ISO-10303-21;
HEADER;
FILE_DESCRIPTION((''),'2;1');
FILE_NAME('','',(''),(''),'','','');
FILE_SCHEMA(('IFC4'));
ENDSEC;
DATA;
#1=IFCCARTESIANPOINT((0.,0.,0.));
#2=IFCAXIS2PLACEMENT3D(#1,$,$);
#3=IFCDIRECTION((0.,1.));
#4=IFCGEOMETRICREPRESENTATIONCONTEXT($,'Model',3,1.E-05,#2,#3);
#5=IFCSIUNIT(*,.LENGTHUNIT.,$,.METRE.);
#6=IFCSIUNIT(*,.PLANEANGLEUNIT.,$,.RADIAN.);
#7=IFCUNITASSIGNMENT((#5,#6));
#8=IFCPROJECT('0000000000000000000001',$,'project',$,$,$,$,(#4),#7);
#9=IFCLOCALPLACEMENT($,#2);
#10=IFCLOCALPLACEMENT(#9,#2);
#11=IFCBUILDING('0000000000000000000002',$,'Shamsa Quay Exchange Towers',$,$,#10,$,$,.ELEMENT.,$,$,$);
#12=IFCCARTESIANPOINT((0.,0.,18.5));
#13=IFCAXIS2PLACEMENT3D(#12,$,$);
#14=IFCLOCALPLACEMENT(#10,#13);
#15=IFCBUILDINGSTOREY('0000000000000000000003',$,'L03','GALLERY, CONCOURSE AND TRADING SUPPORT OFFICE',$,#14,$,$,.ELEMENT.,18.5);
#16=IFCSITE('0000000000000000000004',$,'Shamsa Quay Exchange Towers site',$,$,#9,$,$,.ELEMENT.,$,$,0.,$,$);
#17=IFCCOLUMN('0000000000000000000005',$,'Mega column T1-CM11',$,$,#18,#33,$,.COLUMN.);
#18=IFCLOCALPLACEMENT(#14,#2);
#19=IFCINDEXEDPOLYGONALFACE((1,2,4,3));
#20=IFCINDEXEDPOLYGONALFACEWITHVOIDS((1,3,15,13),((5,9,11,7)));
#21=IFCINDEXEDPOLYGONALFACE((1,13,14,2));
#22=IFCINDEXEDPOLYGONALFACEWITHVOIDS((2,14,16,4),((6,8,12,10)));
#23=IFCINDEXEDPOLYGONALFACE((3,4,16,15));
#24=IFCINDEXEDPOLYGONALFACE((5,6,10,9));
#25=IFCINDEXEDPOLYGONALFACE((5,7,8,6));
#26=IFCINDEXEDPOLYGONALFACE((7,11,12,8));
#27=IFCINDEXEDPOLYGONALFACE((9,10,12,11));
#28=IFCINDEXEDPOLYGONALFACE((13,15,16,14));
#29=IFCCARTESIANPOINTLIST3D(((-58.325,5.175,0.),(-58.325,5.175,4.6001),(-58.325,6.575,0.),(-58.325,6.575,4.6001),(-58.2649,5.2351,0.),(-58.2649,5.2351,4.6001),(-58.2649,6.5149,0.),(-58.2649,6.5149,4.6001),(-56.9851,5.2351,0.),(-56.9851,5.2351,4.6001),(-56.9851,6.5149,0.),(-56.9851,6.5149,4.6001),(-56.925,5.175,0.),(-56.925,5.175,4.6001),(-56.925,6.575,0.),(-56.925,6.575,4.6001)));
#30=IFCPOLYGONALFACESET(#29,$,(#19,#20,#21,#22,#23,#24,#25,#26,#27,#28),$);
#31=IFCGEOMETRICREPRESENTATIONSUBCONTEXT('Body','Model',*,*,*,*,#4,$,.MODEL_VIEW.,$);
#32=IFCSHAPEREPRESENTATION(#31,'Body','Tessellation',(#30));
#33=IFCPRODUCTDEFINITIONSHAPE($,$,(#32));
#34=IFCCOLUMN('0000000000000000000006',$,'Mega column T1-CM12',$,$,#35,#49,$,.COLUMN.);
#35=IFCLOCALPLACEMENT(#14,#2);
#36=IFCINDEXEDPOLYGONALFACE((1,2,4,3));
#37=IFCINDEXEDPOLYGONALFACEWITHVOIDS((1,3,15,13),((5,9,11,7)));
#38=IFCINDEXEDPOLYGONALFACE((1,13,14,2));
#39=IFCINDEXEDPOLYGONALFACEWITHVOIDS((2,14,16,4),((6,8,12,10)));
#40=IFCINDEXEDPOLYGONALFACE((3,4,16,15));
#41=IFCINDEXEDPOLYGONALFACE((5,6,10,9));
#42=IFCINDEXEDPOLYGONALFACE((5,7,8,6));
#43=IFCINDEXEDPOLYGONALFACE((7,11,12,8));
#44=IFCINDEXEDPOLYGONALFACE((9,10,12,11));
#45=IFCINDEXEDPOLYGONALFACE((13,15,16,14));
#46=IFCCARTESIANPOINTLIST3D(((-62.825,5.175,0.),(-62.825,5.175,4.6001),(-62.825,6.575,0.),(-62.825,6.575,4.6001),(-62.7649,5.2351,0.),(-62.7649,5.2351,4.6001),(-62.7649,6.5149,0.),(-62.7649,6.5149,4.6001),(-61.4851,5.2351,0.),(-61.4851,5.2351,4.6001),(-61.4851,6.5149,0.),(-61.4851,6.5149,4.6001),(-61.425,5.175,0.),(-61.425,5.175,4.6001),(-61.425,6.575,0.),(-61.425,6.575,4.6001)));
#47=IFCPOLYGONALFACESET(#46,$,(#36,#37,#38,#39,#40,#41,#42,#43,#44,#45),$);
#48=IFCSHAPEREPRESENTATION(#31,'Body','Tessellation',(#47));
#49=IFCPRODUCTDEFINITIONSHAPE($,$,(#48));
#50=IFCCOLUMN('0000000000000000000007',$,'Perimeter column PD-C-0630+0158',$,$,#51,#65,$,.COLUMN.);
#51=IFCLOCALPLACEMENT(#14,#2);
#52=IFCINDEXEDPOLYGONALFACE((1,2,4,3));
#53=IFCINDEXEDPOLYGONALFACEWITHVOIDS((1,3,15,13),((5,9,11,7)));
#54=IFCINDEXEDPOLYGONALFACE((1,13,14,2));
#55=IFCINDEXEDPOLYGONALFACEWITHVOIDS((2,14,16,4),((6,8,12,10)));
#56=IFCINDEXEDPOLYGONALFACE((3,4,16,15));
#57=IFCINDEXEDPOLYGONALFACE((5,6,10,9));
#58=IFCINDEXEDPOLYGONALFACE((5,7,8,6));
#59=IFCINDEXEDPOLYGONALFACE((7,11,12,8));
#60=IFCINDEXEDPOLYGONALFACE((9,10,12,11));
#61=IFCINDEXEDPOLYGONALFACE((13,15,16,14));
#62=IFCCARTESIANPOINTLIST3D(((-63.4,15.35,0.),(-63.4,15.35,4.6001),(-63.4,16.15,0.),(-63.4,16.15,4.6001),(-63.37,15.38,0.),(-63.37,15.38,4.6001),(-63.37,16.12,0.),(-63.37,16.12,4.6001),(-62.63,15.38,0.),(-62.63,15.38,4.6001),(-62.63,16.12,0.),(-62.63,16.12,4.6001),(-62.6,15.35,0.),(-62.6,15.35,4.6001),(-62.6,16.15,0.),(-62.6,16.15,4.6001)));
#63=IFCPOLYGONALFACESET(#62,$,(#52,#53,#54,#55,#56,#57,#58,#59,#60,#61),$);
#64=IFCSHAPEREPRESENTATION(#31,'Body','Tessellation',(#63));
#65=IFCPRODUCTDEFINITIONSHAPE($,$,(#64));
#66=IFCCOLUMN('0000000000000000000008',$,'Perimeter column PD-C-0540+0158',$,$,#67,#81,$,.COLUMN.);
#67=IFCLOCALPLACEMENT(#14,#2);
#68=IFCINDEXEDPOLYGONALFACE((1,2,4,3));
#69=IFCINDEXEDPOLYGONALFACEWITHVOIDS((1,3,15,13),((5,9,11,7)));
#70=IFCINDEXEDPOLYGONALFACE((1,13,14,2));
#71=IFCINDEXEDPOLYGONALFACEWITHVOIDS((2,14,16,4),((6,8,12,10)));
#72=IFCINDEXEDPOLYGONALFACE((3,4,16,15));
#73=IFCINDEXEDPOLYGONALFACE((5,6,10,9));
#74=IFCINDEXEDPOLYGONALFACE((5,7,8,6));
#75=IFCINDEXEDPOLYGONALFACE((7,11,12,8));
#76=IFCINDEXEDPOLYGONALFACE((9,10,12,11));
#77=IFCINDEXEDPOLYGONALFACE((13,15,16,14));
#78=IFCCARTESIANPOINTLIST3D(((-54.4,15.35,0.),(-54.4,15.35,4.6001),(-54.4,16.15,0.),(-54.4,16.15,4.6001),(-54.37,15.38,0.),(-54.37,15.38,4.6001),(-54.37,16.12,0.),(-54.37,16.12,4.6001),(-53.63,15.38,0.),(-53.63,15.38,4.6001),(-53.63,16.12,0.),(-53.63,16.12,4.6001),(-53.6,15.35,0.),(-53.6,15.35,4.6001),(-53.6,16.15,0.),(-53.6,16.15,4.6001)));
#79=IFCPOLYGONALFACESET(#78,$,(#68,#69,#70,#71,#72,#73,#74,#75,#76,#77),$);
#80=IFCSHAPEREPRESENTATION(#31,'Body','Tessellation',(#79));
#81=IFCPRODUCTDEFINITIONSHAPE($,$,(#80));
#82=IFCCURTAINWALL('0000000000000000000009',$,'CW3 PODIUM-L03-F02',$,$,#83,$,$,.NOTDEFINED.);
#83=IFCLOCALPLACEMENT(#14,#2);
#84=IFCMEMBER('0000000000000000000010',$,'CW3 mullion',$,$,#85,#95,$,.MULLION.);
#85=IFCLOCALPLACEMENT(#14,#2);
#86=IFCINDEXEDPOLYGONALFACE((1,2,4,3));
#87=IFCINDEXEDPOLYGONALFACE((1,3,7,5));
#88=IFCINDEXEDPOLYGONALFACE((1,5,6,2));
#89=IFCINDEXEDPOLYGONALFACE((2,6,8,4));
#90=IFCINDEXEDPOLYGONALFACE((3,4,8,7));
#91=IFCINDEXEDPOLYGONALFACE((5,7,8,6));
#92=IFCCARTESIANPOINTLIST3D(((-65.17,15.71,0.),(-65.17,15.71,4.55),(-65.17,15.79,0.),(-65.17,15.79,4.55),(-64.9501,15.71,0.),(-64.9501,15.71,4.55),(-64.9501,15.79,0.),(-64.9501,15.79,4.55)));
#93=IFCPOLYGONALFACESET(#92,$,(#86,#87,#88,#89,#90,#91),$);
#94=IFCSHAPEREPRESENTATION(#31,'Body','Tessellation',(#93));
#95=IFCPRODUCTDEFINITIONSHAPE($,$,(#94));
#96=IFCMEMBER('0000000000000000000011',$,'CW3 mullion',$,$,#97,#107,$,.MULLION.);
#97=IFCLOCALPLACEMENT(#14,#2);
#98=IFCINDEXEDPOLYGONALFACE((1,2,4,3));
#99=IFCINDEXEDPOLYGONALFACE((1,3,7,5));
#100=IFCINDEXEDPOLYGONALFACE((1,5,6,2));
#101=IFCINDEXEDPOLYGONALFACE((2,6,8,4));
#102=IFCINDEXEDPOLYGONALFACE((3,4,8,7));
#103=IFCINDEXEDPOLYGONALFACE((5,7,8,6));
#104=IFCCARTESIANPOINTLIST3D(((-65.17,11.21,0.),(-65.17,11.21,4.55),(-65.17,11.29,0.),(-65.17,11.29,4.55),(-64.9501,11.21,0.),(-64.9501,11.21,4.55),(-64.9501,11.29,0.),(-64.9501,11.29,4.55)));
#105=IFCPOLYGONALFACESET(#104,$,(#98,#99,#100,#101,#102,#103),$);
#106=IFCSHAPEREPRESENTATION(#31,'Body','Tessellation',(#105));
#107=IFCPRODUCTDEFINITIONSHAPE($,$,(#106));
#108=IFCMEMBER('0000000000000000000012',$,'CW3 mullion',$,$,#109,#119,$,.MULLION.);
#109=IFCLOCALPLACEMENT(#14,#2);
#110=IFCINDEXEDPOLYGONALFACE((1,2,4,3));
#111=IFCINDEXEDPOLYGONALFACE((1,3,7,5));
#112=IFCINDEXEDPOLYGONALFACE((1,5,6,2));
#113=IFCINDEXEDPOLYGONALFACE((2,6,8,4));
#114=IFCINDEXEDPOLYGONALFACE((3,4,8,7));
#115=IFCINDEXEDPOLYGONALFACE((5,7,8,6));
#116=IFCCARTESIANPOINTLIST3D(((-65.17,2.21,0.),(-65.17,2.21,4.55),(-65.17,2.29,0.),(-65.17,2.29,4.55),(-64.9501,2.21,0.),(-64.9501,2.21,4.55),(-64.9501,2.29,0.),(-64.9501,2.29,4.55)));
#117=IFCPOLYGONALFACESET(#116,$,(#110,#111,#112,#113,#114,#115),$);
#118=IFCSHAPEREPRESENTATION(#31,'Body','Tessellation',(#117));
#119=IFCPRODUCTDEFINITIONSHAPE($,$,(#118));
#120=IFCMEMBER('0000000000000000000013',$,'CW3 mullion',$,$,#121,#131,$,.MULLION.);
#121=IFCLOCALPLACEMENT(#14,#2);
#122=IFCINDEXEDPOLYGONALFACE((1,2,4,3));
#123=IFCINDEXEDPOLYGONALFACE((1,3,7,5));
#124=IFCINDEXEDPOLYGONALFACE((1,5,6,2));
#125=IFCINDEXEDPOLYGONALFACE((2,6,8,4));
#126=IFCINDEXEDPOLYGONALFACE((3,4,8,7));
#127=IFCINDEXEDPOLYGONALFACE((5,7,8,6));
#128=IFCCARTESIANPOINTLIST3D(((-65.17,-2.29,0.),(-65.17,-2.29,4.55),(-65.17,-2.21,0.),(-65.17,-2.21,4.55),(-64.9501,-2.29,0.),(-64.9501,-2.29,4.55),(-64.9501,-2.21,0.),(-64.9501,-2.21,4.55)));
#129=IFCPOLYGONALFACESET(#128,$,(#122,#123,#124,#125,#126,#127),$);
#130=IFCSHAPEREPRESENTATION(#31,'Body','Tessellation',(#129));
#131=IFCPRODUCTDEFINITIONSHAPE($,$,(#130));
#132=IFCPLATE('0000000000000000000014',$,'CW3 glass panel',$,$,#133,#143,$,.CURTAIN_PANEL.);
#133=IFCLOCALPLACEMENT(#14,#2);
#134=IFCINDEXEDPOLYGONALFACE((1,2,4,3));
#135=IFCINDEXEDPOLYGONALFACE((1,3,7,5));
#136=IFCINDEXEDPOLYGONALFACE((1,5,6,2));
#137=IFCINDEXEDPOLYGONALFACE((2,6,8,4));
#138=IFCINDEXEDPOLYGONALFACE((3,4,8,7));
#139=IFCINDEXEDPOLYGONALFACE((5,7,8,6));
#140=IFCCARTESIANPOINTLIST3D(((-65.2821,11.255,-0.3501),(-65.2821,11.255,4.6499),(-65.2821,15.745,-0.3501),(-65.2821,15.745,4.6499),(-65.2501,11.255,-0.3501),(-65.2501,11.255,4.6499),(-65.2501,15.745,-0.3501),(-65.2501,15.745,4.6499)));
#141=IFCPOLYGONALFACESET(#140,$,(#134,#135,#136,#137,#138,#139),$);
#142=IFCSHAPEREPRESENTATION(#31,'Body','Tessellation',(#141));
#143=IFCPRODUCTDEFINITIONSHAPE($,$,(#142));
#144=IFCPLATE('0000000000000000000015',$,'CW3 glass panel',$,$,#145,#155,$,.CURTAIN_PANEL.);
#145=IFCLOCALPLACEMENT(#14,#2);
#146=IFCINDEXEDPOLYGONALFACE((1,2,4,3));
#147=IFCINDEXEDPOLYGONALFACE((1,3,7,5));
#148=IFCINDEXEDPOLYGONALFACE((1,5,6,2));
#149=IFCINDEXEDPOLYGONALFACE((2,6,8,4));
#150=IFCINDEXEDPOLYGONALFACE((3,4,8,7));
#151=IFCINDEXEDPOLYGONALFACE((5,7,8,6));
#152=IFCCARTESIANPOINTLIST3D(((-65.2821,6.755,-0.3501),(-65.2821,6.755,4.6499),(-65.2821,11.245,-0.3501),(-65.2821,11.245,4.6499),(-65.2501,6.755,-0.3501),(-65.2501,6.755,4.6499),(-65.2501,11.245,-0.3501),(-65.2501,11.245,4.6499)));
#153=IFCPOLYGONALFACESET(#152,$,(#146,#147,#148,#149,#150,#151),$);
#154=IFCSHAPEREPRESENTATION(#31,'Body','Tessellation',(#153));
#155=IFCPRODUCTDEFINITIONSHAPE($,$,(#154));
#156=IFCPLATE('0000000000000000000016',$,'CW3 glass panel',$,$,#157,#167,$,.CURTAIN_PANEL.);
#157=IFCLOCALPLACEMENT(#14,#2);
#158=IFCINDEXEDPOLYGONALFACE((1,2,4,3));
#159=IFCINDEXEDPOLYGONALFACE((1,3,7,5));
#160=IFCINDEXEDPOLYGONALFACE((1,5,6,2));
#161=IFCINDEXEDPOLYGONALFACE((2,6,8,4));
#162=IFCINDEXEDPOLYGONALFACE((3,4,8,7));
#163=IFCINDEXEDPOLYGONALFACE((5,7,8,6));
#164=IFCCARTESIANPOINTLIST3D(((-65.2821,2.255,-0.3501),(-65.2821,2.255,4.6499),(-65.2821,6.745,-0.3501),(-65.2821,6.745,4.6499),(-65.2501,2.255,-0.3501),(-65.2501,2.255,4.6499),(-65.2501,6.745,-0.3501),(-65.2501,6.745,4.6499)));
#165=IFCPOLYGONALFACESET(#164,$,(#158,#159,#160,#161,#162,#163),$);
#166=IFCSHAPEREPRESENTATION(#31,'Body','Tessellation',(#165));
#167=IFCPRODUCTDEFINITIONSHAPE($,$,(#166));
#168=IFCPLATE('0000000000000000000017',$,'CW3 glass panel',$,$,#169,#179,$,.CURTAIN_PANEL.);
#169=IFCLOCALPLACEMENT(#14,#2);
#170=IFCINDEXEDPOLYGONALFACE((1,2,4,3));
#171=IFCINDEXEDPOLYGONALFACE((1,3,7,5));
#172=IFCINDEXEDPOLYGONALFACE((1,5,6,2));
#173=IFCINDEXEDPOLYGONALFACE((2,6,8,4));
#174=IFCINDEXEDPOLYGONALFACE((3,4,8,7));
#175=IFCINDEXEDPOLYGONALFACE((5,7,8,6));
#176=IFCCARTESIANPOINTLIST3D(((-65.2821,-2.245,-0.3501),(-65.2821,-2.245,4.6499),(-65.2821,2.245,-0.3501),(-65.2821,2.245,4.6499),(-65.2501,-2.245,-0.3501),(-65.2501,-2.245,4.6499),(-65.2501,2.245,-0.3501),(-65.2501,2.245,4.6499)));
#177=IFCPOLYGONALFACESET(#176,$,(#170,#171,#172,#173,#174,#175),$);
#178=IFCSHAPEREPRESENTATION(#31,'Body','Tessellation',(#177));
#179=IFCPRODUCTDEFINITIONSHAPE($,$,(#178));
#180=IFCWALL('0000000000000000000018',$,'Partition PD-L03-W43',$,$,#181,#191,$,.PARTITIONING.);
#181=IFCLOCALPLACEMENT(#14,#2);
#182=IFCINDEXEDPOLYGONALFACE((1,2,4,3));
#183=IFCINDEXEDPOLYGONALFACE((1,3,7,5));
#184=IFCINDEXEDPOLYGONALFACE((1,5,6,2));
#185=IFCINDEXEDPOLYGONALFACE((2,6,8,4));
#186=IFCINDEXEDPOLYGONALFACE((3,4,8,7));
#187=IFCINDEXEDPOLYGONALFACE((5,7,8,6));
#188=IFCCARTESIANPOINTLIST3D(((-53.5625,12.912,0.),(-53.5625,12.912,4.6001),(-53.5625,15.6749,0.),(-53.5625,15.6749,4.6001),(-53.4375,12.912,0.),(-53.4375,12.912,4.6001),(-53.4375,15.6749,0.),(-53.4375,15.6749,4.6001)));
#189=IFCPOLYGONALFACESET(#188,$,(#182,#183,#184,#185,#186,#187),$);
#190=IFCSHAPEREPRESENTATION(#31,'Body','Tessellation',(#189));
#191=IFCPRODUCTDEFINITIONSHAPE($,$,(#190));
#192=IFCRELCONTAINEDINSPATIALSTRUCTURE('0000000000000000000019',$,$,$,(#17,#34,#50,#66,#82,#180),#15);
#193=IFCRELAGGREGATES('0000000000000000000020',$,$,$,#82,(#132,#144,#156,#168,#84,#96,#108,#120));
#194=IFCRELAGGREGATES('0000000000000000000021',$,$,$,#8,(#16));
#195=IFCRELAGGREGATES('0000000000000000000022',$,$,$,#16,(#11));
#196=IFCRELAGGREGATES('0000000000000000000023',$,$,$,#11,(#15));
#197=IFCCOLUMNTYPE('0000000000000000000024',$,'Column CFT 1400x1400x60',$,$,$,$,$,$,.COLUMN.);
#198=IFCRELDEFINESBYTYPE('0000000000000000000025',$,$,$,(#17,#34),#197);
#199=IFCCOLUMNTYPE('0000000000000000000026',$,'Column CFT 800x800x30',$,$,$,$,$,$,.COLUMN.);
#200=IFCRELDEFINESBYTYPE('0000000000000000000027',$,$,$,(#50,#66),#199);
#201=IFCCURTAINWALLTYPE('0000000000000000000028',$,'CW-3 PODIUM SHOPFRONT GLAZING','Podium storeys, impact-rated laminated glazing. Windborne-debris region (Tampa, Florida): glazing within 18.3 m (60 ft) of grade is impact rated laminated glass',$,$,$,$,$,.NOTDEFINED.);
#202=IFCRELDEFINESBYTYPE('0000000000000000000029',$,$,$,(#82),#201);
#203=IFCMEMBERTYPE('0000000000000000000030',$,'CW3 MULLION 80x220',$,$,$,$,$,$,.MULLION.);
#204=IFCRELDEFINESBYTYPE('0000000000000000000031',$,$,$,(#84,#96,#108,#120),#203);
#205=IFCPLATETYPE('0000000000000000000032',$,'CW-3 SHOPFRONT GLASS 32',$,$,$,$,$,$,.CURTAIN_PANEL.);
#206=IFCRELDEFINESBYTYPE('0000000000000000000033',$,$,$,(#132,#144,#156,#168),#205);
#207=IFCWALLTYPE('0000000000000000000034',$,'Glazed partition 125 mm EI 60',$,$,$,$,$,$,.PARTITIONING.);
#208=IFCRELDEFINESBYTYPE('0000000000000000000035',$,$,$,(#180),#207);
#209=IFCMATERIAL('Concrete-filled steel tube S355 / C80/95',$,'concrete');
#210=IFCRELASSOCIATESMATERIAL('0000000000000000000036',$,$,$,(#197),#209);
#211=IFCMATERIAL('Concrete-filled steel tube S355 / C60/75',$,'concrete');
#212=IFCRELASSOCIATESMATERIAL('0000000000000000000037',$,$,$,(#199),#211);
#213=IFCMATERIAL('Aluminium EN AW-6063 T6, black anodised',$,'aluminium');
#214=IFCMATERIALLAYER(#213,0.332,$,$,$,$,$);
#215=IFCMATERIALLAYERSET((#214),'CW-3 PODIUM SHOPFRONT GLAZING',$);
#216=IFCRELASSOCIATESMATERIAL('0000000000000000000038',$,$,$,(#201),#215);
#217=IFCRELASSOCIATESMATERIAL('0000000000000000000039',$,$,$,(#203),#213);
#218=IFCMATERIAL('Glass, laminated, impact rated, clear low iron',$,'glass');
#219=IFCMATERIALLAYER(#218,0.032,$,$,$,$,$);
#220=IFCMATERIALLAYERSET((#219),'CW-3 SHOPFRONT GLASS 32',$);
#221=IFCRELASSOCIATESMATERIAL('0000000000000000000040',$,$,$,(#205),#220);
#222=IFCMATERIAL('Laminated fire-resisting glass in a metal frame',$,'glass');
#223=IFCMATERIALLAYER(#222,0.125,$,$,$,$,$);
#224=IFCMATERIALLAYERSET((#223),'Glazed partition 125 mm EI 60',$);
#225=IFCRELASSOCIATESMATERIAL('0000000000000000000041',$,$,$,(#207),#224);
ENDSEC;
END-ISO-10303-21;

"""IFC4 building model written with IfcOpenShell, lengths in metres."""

from ifc_helpers import new_model, si_unit, direction, frame, frame_2d, origin, origin_2d, place, context, subcontext, project, spatial, rectangle, hollow_rectangle, extrude, material, layer, layer_set, material_profile, profile_set, type_object, element, aggregate, save


model = new_model("IFC4")

# Units and contexts
model_context = context("Model", 3, precision=1e-05, world=origin(), true_north=direction((0.0, 1.0)))
body_context = subcontext(model_context, "Body", "Model", "MODEL_VIEW")
ifc_project = project(units=[si_unit("LENGTHUNIT", "METRE"), si_unit("PLANEANGLEUNIT", "RADIAN")], contexts=[model_context])

# Site, building, storey
site_placement = place(None, origin())
site = spatial("IfcSite", under=ifc_project, at=site_placement, Name="Shamsa Quay Exchange Towers site", CompositionType="ELEMENT", RefElevation=0.0)
building_placement = place(site_placement, origin())
building = spatial("IfcBuilding", under=site, at=building_placement, Name="Shamsa Quay Exchange Towers", CompositionType="ELEMENT")
storey_placement = place(building_placement, frame((0.0, 0.0, 18.5)))
storey = spatial("IfcBuildingStorey", under=building, at=storey_placement, Name="L03", Description="GALLERY, CONCOURSE AND TRADING SUPPORT OFFICE", CompositionType="ELEMENT", Elevation=18.5)

# Columns
ifc_material_1 = material(Name="Concrete-filled steel tube S355 / C80/95", Category="concrete")
ifc_material_profile_1 = material_profile(ifc_material_1, hollow_rectangle(XDim=1.3999, YDim=1.3999, WallThickness=0.0601, at=origin_2d()), Name="CFT 1400x1400x60")
ifc_profile_set_1 = profile_set([ifc_material_profile_1], Name="Concrete-filled steel tube S355 / C80/95")
column_type_1 = type_object("IfcColumnType", Name="Column CFT 1400x1400x60", PredefinedType="COLUMN", material=ifc_profile_set_1)
for number, where, name in (
    (1, (-57.625, 5.875, 0.0), "Mega column T1-CM11"),
    (2, (-62.125, 5.875, 0.0), "Mega column T1-CM12"),
):
    element("IfcColumn", number, at=place(storey_placement, frame(where)), inside=storey, type_object=column_type_1, Name=name, PredefinedType="COLUMN", context=body_context, shape_type="SweptSolid", body=[
        extrude(hollow_rectangle(XDim=1.3999, YDim=1.3999, WallThickness=0.0601, at=origin_2d()), origin(), (0.0, 0.0, 1.0), 4.6001),
    ])
ifc_material_2 = material(Name="Concrete-filled steel tube S355 / C60/75", Category="concrete")
ifc_material_profile_2 = material_profile(ifc_material_2, hollow_rectangle(XDim=0.8, YDim=0.8, WallThickness=0.03, at=origin_2d()), Name="CFT 800x800x30")
ifc_profile_set_2 = profile_set([ifc_material_profile_2], Name="Concrete-filled steel tube S355 / C60/75")
column_type_2 = type_object("IfcColumnType", Name="Column CFT 800x800x30", PredefinedType="COLUMN", material=ifc_profile_set_2)
for number, where, name in (
    (3, (-63.0, 15.75, 0.0), "Perimeter column PD-C-0630+0158"),
    (4, (-54.0, 15.75, 0.0), "Perimeter column PD-C-0540+0158"),
):
    element("IfcColumn", number, at=place(storey_placement, frame(where)), inside=storey, type_object=column_type_2, Name=name, PredefinedType="COLUMN", context=body_context, shape_type="SweptSolid", body=[
        extrude(hollow_rectangle(XDim=0.8, YDim=0.8, WallThickness=0.03, at=origin_2d()), origin(), (0.0, 0.0, 1.0), 4.6001),
    ])

# Curtain wall, members, plates
ifc_material_3 = material(Name="Aluminium EN AW-6063 T6, black anodised", Category="aluminium")
ifc_layer_1 = layer(ifc_material_3, 0.332)
ifc_layer_set_1 = layer_set([ifc_layer_1], Name="CW-3 PODIUM SHOPFRONT GLAZING")
curtain_wall_type = type_object("IfcCurtainWallType", Name="CW-3 PODIUM SHOPFRONT GLAZING", Description="Podium storeys, impact-rated laminated glazing. Windborne-debris region (Tampa, Florida): glazing within 18.3 m (60 ft) of grade is impact rated laminated glass", PredefinedType="NOTDEFINED", material=ifc_layer_set_1)
curtain_wall_placement = place(storey_placement, origin())
curtain_wall = element("IfcCurtainWall", 5, at=curtain_wall_placement, inside=storey, type_object=curtain_wall_type, Name="CW3 PODIUM-L03-F02", PredefinedType="NOTDEFINED")
ifc_material_profile_3 = material_profile(ifc_material_3, rectangle(XDim=0.22, YDim=0.0801, at=origin_2d()), Name="MU80x220")
ifc_profile_set_3 = profile_set([ifc_material_profile_3], Name="Aluminium EN AW-6063 T6, black anodised")
member_type = type_object("IfcMemberType", Name="CW3 MULLION 80x220", PredefinedType="MULLION", material=ifc_profile_set_3)
member_1_placement = place(storey_placement, frame((-65.0601, 15.75, 0.0)))
member_1 = element("IfcMember", 6, at=member_1_placement, type_object=member_type, Name="CW3 mullion", PredefinedType="MULLION", context=body_context, shape_type="SweptSolid", body=[
    extrude(rectangle(XDim=0.22, YDim=0.0801, at=origin_2d()), origin(), (0.0, 0.0, 1.0), 4.55),
])
member_2_placement = place(storey_placement, frame((-65.0601, 11.25, 0.0)))
member_2 = element("IfcMember", 7, at=member_2_placement, type_object=member_type, Name="CW3 mullion", PredefinedType="MULLION", context=body_context, shape_type="SweptSolid", body=[
    extrude(rectangle(XDim=0.22, YDim=0.0801, at=origin_2d()), origin(), (0.0, 0.0, 1.0), 4.55),
])
member_3_placement = place(storey_placement, frame((-65.0601, 2.25, 0.0)))
member_3 = element("IfcMember", 8, at=member_3_placement, type_object=member_type, Name="CW3 mullion", PredefinedType="MULLION", context=body_context, shape_type="SweptSolid", body=[
    extrude(rectangle(XDim=0.22, YDim=0.0801, at=origin_2d()), origin(), (0.0, 0.0, 1.0), 4.55),
])
member_4_placement = place(storey_placement, frame((-65.0601, -2.25, 0.0)))
member_4 = element("IfcMember", 9, at=member_4_placement, type_object=member_type, Name="CW3 mullion", PredefinedType="MULLION", context=body_context, shape_type="SweptSolid", body=[
    extrude(rectangle(XDim=0.22, YDim=0.0801, at=origin_2d()), origin(), (0.0, 0.0, 1.0), 4.55),
])
ifc_material_4 = material(Name="Glass, laminated, impact rated, clear low iron", Category="glass")
ifc_layer_2 = layer(ifc_material_4, 0.032)
ifc_layer_set_2 = layer_set([ifc_layer_2], Name="CW-3 SHOPFRONT GLASS 32")
plate_type = type_object("IfcPlateType", Name="CW-3 SHOPFRONT GLASS 32", PredefinedType="CURTAIN_PANEL", material=ifc_layer_set_2)
plate_1_placement = place(storey_placement, frame((-65.2661, 13.5, -0.3501), z_axis=(0.0, 0.0, 1.0), x_axis=(0.0, -1.0, 0.0)))
plate_1 = element("IfcPlate", 10, at=plate_1_placement, type_object=plate_type, Name="CW3 glass panel", PredefinedType="CURTAIN_PANEL", context=body_context, shape_type="SweptSolid", body=[
    extrude(rectangle(XDim=4.49, YDim=0.032, at=origin_2d()), origin(), (0.0, 0.0, 1.0), 5.0),
])
plate_2_placement = place(storey_placement, frame((-65.2661, 9.0, -0.3501), z_axis=(0.0, 0.0, 1.0), x_axis=(0.0, -1.0, 0.0)))
plate_2 = element("IfcPlate", 11, at=plate_2_placement, type_object=plate_type, Name="CW3 glass panel", PredefinedType="CURTAIN_PANEL", context=body_context, shape_type="SweptSolid", body=[
    extrude(rectangle(XDim=4.49, YDim=0.032, at=origin_2d()), origin(), (0.0, 0.0, 1.0), 5.0),
])
plate_3_placement = place(storey_placement, frame((-65.2661, 4.5, -0.3501), z_axis=(0.0, 0.0, 1.0), x_axis=(0.0, -1.0, 0.0)))
plate_3 = element("IfcPlate", 12, at=plate_3_placement, type_object=plate_type, Name="CW3 glass panel", PredefinedType="CURTAIN_PANEL", context=body_context, shape_type="SweptSolid", body=[
    extrude(rectangle(XDim=4.49, YDim=0.032, at=origin_2d()), origin(), (0.0, 0.0, 1.0), 5.0),
])
plate_4_placement = place(storey_placement, frame((-65.2661, 0.0, -0.3501), z_axis=(0.0, 0.0, 1.0), x_axis=(0.0, -1.0, 0.0)))
plate_4 = element("IfcPlate", 13, at=plate_4_placement, type_object=plate_type, Name="CW3 glass panel", PredefinedType="CURTAIN_PANEL", context=body_context, shape_type="SweptSolid", body=[
    extrude(rectangle(XDim=4.49, YDim=0.032, at=origin_2d()), origin(), (0.0, 0.0, 1.0), 5.0),
])
aggregate(curtain_wall, [plate_1, plate_2, plate_3, plate_4, member_1, member_2, member_3, member_4])

# Wall
ifc_material_5 = material(Name="Laminated fire-resisting glass in a metal frame", Category="glass")
ifc_layer_3 = layer(ifc_material_5, 0.125)
ifc_layer_set_3 = layer_set([ifc_layer_3], Name="Glazed partition 125 mm EI 60")
wall_type_1 = type_object("IfcWallType", Name="Glazed partition 125 mm EI 60", PredefinedType="PARTITIONING", material=ifc_layer_set_3)
wall_1_placement = place(storey_placement, frame((-53.5, 12.9121, 0.0), z_axis=(0.0, 0.0, 1.0), x_axis=(0.0, 1.0, 0.0)))
element("IfcWall", 14, at=wall_1_placement, inside=storey, type_object=wall_type_1, Name="Partition PD-L03-W43", PredefinedType="PARTITIONING", context=body_context, shape_type="SweptSolid", body=[
    extrude(rectangle(XDim=2.7629, YDim=0.125, at=frame_2d((1.3813, 0.0))), origin(), (0.0, 0.0, 1.0), 4.6001),
])

save(model, "model.ifc")
